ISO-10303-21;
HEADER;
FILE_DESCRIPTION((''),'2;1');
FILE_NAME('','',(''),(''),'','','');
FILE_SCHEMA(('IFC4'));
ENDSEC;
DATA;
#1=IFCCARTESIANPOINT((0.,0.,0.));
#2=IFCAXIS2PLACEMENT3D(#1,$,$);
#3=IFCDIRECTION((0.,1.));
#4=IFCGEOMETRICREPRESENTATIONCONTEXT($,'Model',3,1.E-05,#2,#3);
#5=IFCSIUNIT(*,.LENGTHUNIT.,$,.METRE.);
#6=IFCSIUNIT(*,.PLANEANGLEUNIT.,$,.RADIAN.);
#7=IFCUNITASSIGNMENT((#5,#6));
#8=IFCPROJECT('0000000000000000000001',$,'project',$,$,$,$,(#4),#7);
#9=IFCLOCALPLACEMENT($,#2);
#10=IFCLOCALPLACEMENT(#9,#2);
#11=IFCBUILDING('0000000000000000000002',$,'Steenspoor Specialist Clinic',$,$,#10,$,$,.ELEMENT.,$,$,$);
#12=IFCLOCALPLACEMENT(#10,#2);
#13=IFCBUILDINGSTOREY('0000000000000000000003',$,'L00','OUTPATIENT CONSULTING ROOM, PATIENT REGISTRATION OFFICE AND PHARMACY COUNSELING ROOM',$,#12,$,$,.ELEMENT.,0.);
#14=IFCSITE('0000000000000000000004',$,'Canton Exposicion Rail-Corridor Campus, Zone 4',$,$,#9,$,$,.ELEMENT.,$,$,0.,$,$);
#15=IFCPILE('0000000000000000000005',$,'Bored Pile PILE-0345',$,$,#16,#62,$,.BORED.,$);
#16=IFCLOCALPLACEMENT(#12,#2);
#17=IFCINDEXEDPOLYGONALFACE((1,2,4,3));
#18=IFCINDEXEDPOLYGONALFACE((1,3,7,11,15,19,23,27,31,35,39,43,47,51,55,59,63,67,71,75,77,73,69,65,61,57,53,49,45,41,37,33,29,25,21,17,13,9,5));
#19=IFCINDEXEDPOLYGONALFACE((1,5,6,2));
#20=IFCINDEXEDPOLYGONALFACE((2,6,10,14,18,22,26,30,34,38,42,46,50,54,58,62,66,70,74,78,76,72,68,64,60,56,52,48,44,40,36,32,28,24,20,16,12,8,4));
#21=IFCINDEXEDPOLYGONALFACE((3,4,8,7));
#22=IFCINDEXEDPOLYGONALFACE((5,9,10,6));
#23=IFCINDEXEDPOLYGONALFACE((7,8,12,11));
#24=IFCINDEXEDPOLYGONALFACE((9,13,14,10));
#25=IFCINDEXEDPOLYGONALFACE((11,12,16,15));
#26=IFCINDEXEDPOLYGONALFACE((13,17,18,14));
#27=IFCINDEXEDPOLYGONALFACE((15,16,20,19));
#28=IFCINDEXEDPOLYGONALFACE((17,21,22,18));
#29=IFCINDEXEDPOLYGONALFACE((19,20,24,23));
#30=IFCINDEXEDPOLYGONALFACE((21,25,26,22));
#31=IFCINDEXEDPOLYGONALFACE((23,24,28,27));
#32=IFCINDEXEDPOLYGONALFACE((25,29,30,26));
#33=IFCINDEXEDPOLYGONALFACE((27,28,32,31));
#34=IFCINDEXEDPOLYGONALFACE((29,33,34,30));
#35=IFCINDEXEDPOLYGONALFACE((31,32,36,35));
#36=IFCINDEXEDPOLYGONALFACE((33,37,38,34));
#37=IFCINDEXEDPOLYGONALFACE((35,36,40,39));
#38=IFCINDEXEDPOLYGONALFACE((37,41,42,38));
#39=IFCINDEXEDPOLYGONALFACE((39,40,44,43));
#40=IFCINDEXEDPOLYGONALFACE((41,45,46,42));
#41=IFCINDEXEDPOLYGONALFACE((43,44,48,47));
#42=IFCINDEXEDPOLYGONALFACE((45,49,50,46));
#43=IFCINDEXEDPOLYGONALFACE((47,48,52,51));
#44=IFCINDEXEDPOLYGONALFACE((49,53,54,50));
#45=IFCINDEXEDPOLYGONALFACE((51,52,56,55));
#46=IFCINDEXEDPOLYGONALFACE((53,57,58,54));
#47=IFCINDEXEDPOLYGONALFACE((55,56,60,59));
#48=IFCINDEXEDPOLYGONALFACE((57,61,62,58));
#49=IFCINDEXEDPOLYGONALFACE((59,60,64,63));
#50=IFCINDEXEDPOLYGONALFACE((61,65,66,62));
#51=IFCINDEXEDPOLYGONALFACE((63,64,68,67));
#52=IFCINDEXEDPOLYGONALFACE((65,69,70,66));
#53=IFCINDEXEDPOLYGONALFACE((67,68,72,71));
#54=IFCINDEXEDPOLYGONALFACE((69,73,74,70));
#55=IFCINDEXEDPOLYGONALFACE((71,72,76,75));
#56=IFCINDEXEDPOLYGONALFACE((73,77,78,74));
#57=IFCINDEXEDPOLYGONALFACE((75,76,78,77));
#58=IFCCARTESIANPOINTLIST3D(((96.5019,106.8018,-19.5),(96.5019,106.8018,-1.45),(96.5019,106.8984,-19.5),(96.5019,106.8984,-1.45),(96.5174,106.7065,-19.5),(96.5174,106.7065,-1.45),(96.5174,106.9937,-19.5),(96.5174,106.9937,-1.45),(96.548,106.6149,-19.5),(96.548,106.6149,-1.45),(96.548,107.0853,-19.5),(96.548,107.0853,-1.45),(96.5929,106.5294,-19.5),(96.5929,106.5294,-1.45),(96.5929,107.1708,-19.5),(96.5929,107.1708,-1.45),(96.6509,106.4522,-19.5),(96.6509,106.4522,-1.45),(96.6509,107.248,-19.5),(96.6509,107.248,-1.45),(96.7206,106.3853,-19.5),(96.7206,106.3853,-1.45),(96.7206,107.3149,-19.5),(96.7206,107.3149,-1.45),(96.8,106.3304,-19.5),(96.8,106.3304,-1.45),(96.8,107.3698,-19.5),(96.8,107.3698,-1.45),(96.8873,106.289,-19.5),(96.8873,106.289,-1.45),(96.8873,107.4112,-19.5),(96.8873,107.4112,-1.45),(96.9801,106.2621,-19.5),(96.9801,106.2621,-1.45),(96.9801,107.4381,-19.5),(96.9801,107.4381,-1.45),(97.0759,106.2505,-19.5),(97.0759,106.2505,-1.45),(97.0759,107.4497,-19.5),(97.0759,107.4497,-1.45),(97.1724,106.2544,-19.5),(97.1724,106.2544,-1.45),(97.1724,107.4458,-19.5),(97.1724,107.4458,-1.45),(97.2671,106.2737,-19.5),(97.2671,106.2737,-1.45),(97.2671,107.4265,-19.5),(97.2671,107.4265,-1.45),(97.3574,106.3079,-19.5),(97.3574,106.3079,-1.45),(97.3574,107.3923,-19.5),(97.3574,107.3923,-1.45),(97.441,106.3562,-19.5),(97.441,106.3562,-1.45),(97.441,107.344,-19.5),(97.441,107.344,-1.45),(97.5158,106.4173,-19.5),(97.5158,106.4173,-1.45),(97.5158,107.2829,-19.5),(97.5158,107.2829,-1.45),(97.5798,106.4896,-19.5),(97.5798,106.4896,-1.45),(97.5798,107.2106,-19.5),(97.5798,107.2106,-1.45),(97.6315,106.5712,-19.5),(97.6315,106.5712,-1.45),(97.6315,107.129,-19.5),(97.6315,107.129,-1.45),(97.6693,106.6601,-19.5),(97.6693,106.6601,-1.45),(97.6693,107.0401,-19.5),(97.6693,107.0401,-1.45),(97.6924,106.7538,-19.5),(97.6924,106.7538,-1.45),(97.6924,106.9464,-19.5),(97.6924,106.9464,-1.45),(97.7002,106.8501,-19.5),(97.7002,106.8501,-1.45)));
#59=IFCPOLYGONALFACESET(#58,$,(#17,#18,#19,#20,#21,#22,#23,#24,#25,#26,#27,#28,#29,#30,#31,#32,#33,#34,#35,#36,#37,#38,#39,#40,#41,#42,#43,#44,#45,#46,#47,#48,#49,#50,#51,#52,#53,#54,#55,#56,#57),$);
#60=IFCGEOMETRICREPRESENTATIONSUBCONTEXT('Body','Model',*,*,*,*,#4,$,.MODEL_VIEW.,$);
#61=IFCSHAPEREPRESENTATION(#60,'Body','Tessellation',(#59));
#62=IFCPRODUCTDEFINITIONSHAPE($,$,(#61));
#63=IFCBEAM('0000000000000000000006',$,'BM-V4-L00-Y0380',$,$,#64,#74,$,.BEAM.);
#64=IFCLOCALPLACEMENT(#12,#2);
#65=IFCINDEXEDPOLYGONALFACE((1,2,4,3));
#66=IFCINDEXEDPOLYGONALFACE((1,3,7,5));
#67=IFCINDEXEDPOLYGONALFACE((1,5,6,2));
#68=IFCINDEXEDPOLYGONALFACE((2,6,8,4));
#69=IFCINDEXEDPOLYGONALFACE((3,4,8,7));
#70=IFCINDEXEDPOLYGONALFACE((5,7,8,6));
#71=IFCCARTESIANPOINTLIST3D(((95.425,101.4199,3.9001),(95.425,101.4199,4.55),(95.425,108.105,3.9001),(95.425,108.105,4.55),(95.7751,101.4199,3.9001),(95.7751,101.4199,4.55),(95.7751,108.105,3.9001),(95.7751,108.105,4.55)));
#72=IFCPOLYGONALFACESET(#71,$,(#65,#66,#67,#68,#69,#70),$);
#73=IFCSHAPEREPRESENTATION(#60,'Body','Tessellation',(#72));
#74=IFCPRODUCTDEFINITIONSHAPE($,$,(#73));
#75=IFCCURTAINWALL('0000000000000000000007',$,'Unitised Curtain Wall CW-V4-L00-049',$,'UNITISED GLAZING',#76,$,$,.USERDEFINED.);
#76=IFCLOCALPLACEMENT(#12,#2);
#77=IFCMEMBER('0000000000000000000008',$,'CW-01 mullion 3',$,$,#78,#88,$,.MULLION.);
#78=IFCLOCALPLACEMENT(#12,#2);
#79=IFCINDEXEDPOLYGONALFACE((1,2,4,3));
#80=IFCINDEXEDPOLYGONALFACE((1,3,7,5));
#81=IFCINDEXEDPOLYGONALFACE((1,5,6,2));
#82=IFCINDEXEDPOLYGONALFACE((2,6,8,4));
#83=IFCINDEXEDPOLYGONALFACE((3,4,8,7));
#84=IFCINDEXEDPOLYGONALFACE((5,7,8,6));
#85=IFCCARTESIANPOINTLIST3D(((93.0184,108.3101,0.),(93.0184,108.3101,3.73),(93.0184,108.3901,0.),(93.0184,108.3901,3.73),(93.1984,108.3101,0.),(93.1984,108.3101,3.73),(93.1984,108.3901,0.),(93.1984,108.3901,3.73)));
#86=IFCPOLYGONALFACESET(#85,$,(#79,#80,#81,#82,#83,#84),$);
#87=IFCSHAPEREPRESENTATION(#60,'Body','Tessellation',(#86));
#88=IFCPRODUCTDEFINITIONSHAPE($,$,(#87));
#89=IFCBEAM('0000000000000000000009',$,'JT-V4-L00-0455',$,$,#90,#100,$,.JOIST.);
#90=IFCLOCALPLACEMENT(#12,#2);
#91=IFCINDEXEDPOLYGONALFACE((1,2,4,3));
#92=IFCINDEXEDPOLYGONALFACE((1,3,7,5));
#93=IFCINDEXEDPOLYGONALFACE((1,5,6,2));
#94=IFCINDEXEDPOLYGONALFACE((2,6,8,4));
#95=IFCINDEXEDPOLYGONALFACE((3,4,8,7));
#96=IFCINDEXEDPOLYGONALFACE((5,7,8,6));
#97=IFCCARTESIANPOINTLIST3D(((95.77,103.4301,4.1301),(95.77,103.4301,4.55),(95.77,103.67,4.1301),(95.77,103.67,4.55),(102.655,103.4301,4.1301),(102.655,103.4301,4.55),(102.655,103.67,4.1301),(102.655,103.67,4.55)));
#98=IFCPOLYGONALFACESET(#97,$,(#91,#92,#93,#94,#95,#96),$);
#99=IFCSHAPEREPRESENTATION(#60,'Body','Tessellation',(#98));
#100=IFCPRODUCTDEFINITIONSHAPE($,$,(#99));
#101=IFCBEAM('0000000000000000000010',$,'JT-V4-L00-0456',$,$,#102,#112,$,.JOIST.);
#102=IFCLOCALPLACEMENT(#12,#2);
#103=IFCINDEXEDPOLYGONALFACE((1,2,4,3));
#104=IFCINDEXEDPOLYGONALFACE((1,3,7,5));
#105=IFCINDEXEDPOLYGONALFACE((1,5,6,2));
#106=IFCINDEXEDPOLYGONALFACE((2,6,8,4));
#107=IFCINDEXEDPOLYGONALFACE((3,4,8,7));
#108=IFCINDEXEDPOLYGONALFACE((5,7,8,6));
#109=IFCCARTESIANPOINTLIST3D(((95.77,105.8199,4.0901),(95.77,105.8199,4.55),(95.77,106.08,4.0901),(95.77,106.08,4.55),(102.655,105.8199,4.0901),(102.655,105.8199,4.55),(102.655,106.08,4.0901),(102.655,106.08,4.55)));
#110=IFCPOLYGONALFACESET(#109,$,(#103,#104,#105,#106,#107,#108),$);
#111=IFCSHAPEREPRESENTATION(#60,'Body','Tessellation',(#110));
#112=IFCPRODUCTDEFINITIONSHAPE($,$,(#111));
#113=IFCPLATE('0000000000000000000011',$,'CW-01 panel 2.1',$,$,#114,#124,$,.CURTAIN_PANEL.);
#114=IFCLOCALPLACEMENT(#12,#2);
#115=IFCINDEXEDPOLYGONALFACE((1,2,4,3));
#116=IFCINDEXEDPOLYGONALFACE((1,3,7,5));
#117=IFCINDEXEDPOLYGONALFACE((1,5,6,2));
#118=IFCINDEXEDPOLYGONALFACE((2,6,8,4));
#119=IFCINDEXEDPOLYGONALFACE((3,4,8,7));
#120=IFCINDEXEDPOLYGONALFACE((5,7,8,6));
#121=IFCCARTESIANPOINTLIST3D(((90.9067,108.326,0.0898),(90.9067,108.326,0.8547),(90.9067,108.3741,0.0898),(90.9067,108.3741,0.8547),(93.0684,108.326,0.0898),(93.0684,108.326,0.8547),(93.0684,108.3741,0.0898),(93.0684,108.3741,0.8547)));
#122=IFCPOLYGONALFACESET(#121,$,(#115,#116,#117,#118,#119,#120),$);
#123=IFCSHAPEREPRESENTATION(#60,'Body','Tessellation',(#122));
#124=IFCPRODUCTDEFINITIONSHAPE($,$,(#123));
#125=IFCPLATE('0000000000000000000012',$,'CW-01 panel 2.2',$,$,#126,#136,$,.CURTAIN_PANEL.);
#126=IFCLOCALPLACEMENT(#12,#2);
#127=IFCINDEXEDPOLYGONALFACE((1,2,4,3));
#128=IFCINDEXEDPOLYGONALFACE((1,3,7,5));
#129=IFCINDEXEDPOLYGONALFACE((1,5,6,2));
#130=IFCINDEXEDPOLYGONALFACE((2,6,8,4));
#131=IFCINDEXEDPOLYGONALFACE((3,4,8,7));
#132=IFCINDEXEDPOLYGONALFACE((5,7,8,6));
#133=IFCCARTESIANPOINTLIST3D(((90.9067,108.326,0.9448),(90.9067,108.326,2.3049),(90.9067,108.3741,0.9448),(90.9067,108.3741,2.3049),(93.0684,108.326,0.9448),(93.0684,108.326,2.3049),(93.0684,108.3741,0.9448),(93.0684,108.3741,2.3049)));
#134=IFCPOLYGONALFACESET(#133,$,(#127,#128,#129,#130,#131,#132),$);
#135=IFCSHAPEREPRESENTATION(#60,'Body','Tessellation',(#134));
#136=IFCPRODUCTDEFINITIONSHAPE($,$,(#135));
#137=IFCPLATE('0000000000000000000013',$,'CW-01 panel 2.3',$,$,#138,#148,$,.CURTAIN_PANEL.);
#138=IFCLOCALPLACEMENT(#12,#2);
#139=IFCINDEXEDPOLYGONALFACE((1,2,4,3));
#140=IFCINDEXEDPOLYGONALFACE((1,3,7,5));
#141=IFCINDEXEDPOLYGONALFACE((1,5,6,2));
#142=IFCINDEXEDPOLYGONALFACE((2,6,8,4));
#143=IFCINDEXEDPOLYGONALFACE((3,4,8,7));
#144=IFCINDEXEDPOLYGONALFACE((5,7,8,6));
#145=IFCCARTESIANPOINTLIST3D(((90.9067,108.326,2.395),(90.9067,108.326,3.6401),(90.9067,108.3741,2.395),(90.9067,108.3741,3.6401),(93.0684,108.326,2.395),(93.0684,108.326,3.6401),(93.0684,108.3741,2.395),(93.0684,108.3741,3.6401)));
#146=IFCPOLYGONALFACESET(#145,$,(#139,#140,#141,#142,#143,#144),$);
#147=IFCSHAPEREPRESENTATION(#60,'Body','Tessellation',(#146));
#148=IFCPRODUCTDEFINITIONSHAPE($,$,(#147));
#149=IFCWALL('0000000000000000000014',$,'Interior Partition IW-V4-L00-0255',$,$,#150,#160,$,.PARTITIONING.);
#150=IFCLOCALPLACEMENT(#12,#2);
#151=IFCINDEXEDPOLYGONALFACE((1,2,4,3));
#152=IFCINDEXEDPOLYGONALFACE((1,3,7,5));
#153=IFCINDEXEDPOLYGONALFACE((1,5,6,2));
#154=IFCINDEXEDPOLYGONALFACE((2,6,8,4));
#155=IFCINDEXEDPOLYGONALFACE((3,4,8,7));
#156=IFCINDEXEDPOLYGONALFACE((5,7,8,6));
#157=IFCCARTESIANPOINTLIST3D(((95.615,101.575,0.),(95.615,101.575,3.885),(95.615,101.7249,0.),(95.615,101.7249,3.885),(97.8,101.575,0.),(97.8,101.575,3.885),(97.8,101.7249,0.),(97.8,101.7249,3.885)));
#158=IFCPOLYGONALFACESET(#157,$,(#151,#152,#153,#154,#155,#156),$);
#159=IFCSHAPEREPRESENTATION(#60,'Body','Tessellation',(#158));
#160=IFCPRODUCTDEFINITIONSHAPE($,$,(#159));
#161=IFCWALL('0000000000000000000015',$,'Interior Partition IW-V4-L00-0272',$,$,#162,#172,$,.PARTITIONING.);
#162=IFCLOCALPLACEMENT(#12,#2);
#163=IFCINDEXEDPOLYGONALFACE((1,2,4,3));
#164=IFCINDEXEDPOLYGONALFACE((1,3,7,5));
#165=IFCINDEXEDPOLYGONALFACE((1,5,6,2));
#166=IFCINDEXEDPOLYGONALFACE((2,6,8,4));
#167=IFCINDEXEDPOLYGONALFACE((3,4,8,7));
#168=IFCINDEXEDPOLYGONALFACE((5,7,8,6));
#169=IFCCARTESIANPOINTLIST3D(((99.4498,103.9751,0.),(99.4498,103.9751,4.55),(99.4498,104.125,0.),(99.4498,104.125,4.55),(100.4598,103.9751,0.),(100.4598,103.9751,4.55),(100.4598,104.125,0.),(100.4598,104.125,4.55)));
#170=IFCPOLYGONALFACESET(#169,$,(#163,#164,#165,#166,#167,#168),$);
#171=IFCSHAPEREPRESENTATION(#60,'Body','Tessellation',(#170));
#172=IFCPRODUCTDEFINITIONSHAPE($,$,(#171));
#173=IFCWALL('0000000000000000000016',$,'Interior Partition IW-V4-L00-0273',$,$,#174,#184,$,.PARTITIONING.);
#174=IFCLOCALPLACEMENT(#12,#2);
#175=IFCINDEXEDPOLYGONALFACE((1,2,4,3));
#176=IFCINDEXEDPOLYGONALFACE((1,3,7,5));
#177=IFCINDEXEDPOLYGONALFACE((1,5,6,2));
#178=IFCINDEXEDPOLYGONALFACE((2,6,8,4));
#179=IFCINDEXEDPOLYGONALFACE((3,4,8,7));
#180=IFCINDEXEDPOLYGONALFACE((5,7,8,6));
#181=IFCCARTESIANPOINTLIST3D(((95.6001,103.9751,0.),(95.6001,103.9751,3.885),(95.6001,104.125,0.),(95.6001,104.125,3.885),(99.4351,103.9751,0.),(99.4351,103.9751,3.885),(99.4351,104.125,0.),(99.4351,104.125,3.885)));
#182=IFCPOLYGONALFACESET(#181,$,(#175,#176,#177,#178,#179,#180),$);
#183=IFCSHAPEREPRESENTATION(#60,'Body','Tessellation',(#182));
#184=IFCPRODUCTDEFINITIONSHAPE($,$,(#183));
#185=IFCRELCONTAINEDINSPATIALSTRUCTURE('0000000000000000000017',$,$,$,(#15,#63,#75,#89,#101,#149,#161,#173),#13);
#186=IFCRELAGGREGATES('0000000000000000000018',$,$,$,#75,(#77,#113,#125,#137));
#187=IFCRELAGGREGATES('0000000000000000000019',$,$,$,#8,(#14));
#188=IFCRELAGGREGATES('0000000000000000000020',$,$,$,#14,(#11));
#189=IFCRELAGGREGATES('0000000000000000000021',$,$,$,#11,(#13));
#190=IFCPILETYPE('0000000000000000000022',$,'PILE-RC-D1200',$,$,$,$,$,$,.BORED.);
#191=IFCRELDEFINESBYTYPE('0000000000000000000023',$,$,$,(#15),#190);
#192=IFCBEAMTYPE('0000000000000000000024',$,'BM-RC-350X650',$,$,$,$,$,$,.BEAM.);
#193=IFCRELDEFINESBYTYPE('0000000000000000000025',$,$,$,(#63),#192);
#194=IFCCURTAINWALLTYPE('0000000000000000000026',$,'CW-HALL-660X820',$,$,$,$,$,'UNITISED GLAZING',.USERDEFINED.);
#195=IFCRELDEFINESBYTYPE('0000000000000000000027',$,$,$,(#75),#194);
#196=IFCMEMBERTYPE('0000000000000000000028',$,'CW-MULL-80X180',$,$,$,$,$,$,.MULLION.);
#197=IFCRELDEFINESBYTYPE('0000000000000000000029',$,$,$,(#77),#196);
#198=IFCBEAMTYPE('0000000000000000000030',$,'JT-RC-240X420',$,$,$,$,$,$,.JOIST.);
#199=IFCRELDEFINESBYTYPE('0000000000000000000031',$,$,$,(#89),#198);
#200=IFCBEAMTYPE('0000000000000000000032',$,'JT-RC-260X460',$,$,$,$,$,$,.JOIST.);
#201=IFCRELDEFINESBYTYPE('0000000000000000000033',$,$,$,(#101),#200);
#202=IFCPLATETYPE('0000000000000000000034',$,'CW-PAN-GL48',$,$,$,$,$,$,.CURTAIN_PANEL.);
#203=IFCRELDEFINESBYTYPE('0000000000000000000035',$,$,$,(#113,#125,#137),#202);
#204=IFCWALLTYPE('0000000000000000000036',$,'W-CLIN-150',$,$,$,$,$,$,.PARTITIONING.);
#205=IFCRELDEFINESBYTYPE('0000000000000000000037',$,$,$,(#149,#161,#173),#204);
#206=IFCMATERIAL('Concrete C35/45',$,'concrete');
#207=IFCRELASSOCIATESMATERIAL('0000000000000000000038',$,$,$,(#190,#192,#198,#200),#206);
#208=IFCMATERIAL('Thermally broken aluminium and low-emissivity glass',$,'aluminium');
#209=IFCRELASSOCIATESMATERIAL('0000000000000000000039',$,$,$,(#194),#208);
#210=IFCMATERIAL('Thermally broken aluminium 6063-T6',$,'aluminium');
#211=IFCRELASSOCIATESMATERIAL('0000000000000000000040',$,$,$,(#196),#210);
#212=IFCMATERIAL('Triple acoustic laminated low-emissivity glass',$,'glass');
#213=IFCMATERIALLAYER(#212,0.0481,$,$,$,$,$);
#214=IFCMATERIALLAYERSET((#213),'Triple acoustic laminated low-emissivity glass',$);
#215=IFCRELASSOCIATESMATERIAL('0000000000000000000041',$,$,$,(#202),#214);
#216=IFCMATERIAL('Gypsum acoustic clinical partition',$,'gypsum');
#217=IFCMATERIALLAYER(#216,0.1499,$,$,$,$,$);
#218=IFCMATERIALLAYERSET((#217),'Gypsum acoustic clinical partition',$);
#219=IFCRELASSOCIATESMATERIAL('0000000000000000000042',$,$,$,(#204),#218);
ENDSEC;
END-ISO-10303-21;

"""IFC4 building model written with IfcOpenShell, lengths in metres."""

from ifc_helpers import new_model, si_unit, direction, frame, frame_2d, origin, origin_2d, place, context, subcontext, project, spatial, rectangle, circle, extrude, material, layer, layer_set, material_profile, profile_set, type_object, element, aggregate, save


model = new_model("IFC4")

# Units and contexts
model_context = context("Model", 3, precision=1e-05, world=origin(), true_north=direction((0.0, 1.0)))
body_context = subcontext(model_context, "Body", "Model", "MODEL_VIEW")
ifc_project = project(units=[si_unit("LENGTHUNIT", "METRE"), si_unit("PLANEANGLEUNIT", "RADIAN")], contexts=[model_context])

# Site, building, storey
site_placement = place(None, origin())
site = spatial("IfcSite", under=ifc_project, at=site_placement, Name="Canton Exposicion Rail-Corridor Campus, Zone 4", CompositionType="ELEMENT", RefElevation=0.0)
building_placement = place(site_placement, origin())
building = spatial("IfcBuilding", under=site, at=building_placement, Name="Steenspoor Specialist Clinic", CompositionType="ELEMENT")
storey_placement = place(building_placement, origin())
storey = spatial("IfcBuildingStorey", under=building, at=storey_placement, Name="L00", Description="OUTPATIENT CONSULTING ROOM, PATIENT REGISTRATION OFFICE AND PHARMACY COUNSELING ROOM", CompositionType="ELEMENT", Elevation=0.0)

# Shared definitions
ifc_material_1 = material(Name="Concrete C35/45", Category="concrete")

# Pile
ifc_material_profile_1 = material_profile(ifc_material_1, circle(Radius=0.6001, at=origin_2d()), Name="PILE-D1200")
ifc_profile_set_1 = profile_set([ifc_material_profile_1], Name="Concrete C35/45")
pile_type_1 = type_object("IfcPileType", Name="PILE-RC-D1200", PredefinedType="BORED", material=ifc_profile_set_1)
for number, where, z_axis, x_axis, name in (
    (1, (97.1001, 106.8501, -1.45), (0.0, 0.0, -1.0), (1.0, 0.0, 0.0), "Bored Pile PILE-0345"),
):
    element("IfcPile", number, at=place(storey_placement, frame(where, z_axis=z_axis, x_axis=x_axis)), inside=storey, type_object=pile_type_1, Name=name, PredefinedType="BORED", context=body_context, shape_type="SweptSolid", body=[
        extrude(circle(Radius=0.6001, at=origin_2d()), origin(), (0.0, 0.0, 1.0), 18.05),
    ])

# Beam
ifc_material_profile_2 = material_profile(ifc_material_1, rectangle(XDim=0.3501, YDim=0.6499, at=origin_2d()), Name="RC-BM-350X650")
ifc_profile_set_2 = profile_set([ifc_material_profile_2], Name="Concrete C35/45")
beam_type_1 = type_object("IfcBeamType", Name="BM-RC-350X650", PredefinedType="BEAM", material=ifc_profile_set_2)
beam_1_placement = place(storey_placement, frame((95.6001, 101.4199, 4.2251), z_axis=(0.0, 1.0, 0.0), x_axis=(-1.0, 0.0, 0.0)))
element("IfcBeam", 2, at=beam_1_placement, inside=storey, type_object=beam_type_1, Name="BM-V4-L00-Y0380", PredefinedType="BEAM", context=body_context, shape_type="SweptSolid", body=[
    extrude(rectangle(XDim=0.3501, YDim=0.6499, at=origin_2d()), origin(), (0.0, 0.0, 1.0), 6.6851),
])

# Curtain wall, member
ifc_material_2 = material(Name="Thermally broken aluminium and low-emissivity glass", Category="aluminium")
curtain_wall_type = type_object("IfcCurtainWallType", Name="CW-HALL-660X820", ElementType="UNITISED GLAZING", PredefinedType="USERDEFINED", material=ifc_material_2)
curtain_wall_placement = place(storey_placement, origin())
curtain_wall = element("IfcCurtainWall", 3, at=curtain_wall_placement, inside=storey, type_object=curtain_wall_type, Name="Unitised Curtain Wall CW-V4-L00-049", ObjectType="UNITISED GLAZING", PredefinedType="USERDEFINED")
ifc_material_3 = material(Name="Thermally broken aluminium 6063-T6", Category="aluminium")
ifc_material_profile_3 = material_profile(ifc_material_3, rectangle(XDim=0.0801, YDim=0.1799, at=origin_2d()), Name="CWM-80X180")
ifc_profile_set_3 = profile_set([ifc_material_profile_3], Name="Thermally broken aluminium 6063-T6")
member_type = type_object("IfcMemberType", Name="CW-MULL-80X180", PredefinedType="MULLION", material=ifc_profile_set_3)
member_placement = place(storey_placement, frame((93.1084, 108.3501, 0.0), z_axis=(0.0, 0.0, 1.0), x_axis=(0.0, 1.0, 0.0)))
member = element("IfcMember", 4, at=member_placement, type_object=member_type, Name="CW-01 mullion 3", PredefinedType="MULLION", context=body_context, shape_type="SweptSolid", body=[
    extrude(rectangle(XDim=0.0801, YDim=0.1799, at=origin_2d()), origin(), (0.0, 0.0, 1.0), 3.73),
])

# Beams
ifc_material_profile_4 = material_profile(ifc_material_1, rectangle(XDim=0.24, YDim=0.4199, at=origin_2d()), Name="RC-JT-240X420")
ifc_profile_set_4 = profile_set([ifc_material_profile_4], Name="Concrete C35/45")
beam_type_2 = type_object("IfcBeamType", Name="JT-RC-240X420", PredefinedType="JOIST", material=ifc_profile_set_4)
beam_2_placement = place(storey_placement, frame((95.77, 103.55, 4.3401), z_axis=(1.0, 0.0, 0.0), x_axis=(0.0, 1.0, 0.0)))
element("IfcBeam", 5, at=beam_2_placement, inside=storey, type_object=beam_type_2, Name="JT-V4-L00-0455", PredefinedType="JOIST", context=body_context, shape_type="SweptSolid", body=[
    extrude(rectangle(XDim=0.24, YDim=0.4199, at=origin_2d()), origin(), (0.0, 0.0, 1.0), 6.885),
])
ifc_material_profile_5 = material_profile(ifc_material_1, rectangle(XDim=0.26, YDim=0.46, at=origin_2d()), Name="RC-JT-260X460")
ifc_profile_set_5 = profile_set([ifc_material_profile_5], Name="Concrete C35/45")
beam_type_3 = type_object("IfcBeamType", Name="JT-RC-260X460", PredefinedType="JOIST", material=ifc_profile_set_5)
beam_3_placement = place(storey_placement, frame((95.77, 105.95, 4.3201), z_axis=(1.0, 0.0, 0.0), x_axis=(0.0, 1.0, 0.0)))
element("IfcBeam", 6, at=beam_3_placement, inside=storey, type_object=beam_type_3, Name="JT-V4-L00-0456", PredefinedType="JOIST", context=body_context, shape_type="SweptSolid", body=[
    extrude(rectangle(XDim=0.26, YDim=0.46, at=origin_2d()), origin(), (0.0, 0.0, 1.0), 6.885),
])

# Plates
ifc_material_4 = material(Name="Triple acoustic laminated low-emissivity glass", Category="glass")
ifc_layer_1 = layer(ifc_material_4, 0.0481)
ifc_layer_set_1 = layer_set([ifc_layer_1], Name="Triple acoustic laminated low-emissivity glass")
plate_type = type_object("IfcPlateType", Name="CW-PAN-GL48", PredefinedType="CURTAIN_PANEL", material=ifc_layer_set_1)
plate_1_placement = place(storey_placement, frame((91.9875, 108.3501, 0.0898), z_axis=(0.0, 0.0, 1.0), x_axis=(1.0, 0.0, 0.0)))
plate_1 = element("IfcPlate", 7, at=plate_1_placement, type_object=plate_type, Name="CW-01 panel 2.1", PredefinedType="CURTAIN_PANEL", context=body_context, shape_type="SweptSolid", body=[
    extrude(rectangle(XDim=2.1616, YDim=0.0481, at=origin_2d()), origin(), (0.0, 0.0, 1.0), 0.7649),
])
plate_2_placement = place(storey_placement, frame((91.9875, 108.3501, 0.9448), z_axis=(0.0, 0.0, 1.0), x_axis=(1.0, 0.0, 0.0)))
plate_2 = element("IfcPlate", 8, at=plate_2_placement, type_object=plate_type, Name="CW-01 panel 2.2", PredefinedType="CURTAIN_PANEL", context=body_context, shape_type="SweptSolid", body=[
    extrude(rectangle(XDim=2.1616, YDim=0.0481, at=origin_2d()), origin(), (0.0, 0.0, 1.0), 1.3601),
])
plate_3_placement = place(storey_placement, frame((91.9875, 108.3501, 2.395), z_axis=(0.0, 0.0, 1.0), x_axis=(1.0, 0.0, 0.0)))
plate_3 = element("IfcPlate", 9, at=plate_3_placement, type_object=plate_type, Name="CW-01 panel 2.3", PredefinedType="CURTAIN_PANEL", context=body_context, shape_type="SweptSolid", body=[
    extrude(rectangle(XDim=2.1616, YDim=0.0481, at=origin_2d()), origin(), (0.0, 0.0, 1.0), 1.2451),
])
aggregate(curtain_wall, [member, plate_1, plate_2, plate_3])

# Walls
ifc_material_5 = material(Name="Gypsum acoustic clinical partition", Category="gypsum")
ifc_layer_2 = layer(ifc_material_5, 0.1499)
ifc_layer_set_2 = layer_set([ifc_layer_2], Name="Gypsum acoustic clinical partition")
wall_type_1 = type_object("IfcWallType", Name="W-CLIN-150", PredefinedType="PARTITIONING", material=ifc_layer_set_2)
wall_1_placement = place(storey_placement, frame((95.615, 101.6499, 0.0), z_axis=(0.0, 0.0, 1.0), x_axis=(1.0, 0.0, 0.0)))
element("IfcWall", 10, at=wall_1_placement, inside=storey, type_object=wall_type_1, Name="Interior Partition IW-V4-L00-0255", PredefinedType="PARTITIONING", context=body_context, shape_type="SweptSolid", body=[
    extrude(rectangle(XDim=2.1851, YDim=0.1499, at=frame_2d((1.0925, 0.0))), origin(), (0.0, 0.0, 1.0), 3.885),
])
wall_2_placement = place(storey_placement, frame((99.45, 104.05, 0.0), z_axis=(0.0, 0.0, 1.0), x_axis=(1.0, 0.0, 0.0)))
element("IfcWall", 11, at=wall_2_placement, inside=storey, type_object=wall_type_1, Name="Interior Partition IW-V4-L00-0272", PredefinedType="PARTITIONING", context=body_context, shape_type="SweptSolid", body=[
    extrude(rectangle(XDim=1.01, YDim=0.1499, at=frame_2d((0.5049, 0.0))), origin(), (0.0, 0.0, 1.0), 4.55),
])
wall_3_placement = place(storey_placement, frame((95.6001, 104.05, 0.0), z_axis=(0.0, 0.0, 1.0), x_axis=(1.0, 0.0, 0.0)))
element("IfcWall", 12, at=wall_3_placement, inside=storey, type_object=wall_type_1, Name="Interior Partition IW-V4-L00-0273", PredefinedType="PARTITIONING", context=body_context, shape_type="SweptSolid", body=[
    extrude(rectangle(XDim=3.835, YDim=0.1499, at=frame_2d((1.9175, 0.0))), origin(), (0.0, 0.0, 1.0), 3.885),
])

save(model, "model.ifc")
